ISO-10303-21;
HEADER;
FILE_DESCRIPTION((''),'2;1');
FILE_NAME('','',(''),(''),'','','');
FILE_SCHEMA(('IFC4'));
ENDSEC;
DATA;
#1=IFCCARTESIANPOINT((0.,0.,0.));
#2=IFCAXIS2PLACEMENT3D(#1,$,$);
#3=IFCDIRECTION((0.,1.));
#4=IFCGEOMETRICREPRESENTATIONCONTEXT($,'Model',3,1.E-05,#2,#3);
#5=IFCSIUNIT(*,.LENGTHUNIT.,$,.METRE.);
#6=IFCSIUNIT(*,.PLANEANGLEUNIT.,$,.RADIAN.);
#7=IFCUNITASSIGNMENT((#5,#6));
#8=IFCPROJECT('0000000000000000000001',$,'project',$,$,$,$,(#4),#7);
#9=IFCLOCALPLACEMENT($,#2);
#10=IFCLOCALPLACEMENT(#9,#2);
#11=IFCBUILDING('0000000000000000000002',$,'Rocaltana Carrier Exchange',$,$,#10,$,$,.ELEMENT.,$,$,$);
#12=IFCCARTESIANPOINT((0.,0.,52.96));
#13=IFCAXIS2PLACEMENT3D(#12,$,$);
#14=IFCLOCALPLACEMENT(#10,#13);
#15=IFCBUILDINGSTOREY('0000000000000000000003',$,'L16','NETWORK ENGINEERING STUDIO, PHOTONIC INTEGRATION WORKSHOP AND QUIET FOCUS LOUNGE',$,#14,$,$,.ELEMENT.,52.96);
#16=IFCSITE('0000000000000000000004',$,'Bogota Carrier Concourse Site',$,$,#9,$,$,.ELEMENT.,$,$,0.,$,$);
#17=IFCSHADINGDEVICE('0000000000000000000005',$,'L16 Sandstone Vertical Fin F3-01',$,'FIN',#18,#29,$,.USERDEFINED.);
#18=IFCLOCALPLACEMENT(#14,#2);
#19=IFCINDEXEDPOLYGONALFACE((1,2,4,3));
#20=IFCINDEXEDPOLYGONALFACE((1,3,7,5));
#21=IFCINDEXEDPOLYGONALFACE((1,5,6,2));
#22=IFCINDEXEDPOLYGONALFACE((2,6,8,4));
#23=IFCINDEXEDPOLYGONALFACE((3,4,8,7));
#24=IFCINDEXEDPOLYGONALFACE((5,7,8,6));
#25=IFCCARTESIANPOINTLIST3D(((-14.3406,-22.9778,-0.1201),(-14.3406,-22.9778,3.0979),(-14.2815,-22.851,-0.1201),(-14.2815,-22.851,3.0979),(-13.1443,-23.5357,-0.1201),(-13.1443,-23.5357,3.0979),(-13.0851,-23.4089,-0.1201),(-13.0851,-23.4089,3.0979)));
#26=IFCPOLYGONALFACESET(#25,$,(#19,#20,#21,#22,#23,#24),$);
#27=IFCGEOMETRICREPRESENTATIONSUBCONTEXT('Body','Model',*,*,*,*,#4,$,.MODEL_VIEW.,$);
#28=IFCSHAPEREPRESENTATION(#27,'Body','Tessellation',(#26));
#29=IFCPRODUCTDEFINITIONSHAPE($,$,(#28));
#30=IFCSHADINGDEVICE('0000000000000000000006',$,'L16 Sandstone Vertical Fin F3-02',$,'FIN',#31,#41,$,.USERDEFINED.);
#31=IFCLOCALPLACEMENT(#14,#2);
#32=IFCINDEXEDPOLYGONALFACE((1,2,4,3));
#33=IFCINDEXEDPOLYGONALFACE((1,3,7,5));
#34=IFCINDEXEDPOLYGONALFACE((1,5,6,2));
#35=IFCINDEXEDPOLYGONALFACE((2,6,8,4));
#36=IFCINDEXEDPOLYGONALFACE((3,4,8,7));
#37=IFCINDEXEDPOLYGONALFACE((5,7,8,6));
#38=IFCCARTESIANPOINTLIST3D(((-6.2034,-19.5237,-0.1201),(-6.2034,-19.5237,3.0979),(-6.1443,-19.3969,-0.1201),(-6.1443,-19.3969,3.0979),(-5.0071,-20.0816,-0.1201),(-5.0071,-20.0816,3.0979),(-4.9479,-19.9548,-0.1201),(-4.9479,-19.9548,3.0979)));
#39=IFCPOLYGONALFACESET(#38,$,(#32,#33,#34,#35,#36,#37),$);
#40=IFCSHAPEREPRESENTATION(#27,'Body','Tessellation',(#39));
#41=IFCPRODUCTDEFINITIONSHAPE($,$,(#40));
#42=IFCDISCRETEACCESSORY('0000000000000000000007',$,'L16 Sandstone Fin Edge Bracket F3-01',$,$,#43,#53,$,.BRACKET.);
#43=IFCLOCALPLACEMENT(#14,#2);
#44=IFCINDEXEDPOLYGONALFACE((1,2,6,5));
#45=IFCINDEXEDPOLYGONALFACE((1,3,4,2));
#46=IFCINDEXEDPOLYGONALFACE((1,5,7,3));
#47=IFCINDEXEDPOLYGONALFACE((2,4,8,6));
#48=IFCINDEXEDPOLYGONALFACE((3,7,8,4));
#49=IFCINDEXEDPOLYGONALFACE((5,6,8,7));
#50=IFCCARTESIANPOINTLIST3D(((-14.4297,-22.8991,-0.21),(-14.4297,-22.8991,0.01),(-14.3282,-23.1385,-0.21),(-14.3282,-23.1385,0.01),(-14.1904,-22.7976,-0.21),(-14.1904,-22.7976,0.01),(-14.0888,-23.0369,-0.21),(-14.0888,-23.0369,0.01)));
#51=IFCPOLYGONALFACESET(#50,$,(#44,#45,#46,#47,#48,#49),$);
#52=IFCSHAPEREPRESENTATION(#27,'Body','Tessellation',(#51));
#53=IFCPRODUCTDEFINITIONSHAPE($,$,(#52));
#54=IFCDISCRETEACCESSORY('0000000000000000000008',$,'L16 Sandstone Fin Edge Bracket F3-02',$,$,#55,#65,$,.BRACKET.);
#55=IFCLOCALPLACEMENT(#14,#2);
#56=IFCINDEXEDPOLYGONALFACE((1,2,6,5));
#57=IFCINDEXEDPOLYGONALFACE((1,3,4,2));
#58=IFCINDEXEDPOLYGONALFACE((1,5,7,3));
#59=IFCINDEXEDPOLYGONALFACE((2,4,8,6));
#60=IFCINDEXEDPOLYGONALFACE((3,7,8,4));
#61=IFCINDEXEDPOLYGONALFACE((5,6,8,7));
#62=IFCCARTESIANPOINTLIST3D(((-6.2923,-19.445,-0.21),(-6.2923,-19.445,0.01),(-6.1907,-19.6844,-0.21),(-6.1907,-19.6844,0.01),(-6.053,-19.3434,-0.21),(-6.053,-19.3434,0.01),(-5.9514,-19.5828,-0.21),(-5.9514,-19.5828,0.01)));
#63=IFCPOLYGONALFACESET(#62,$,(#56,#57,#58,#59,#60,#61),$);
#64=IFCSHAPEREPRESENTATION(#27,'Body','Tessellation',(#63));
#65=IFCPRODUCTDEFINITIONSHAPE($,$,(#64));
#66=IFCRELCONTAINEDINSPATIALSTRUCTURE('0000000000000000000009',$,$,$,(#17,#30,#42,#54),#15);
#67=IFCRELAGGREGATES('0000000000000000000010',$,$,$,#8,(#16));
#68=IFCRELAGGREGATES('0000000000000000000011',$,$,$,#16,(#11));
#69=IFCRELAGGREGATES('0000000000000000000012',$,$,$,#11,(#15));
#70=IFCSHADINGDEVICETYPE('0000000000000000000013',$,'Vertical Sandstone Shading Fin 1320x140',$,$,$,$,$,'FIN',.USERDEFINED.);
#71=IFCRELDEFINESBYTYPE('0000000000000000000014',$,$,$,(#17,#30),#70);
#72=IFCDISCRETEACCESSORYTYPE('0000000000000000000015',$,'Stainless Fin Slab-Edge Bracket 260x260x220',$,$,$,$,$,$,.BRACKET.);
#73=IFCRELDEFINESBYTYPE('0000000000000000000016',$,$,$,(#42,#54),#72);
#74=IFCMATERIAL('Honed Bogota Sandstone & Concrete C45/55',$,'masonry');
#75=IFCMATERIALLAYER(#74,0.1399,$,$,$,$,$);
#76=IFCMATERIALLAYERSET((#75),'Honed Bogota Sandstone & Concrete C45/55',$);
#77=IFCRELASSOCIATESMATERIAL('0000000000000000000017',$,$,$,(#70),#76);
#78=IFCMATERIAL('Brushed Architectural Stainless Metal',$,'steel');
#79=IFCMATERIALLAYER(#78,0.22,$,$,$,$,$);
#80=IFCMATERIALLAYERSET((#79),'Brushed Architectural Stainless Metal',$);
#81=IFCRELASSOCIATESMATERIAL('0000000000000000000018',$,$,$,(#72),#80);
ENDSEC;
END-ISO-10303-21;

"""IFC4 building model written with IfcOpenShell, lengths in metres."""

from ifc_helpers import new_model, si_unit, direction, frame, origin, origin_2d, place, context, subcontext, project, spatial, rectangle, extrude, material, layer, layer_set, type_object, element, save


model = new_model("IFC4")

# Units and contexts
model_context = context("Model", 3, precision=1e-05, world=origin(), true_north=direction((0.0, 1.0)))
body_context = subcontext(model_context, "Body", "Model", "MODEL_VIEW")
ifc_project = project(units=[si_unit("LENGTHUNIT", "METRE"), si_unit("PLANEANGLEUNIT", "RADIAN")], contexts=[model_context])

# Site, building, storey
site_placement = place(None, origin())
site = spatial("IfcSite", under=ifc_project, at=site_placement, Name="Bogota Carrier Concourse Site", CompositionType="ELEMENT", RefElevation=0.0)
building_placement = place(site_placement, origin())
building = spatial("IfcBuilding", under=site, at=building_placement, Name="Rocaltana Carrier Exchange", CompositionType="ELEMENT")
storey_placement = place(building_placement, frame((0.0, 0.0, 52.96)))
storey = spatial("IfcBuildingStorey", under=building, at=storey_placement, Name="L16", Description="NETWORK ENGINEERING STUDIO, PHOTONIC INTEGRATION WORKSHOP AND QUIET FOCUS LOUNGE", CompositionType="ELEMENT", Elevation=52.96)

# Shading devices
ifc_material_1 = material(Name="Honed Bogota Sandstone & Concrete C45/55", Category="masonry")
ifc_layer_1 = layer(ifc_material_1, 0.1399)
ifc_layer_set_1 = layer_set([ifc_layer_1], Name="Honed Bogota Sandstone & Concrete C45/55")
shading_device_type = type_object("IfcShadingDeviceType", Name="Vertical Sandstone Shading Fin 1320x140", ElementType="FIN", PredefinedType="USERDEFINED", material=ifc_layer_set_1)
for number, where, z_axis, x_axis, name in (
    (1, (-13.7129, -23.1934, -0.1201), (0.0, 0.0, 1.0), (0.906308, -0.422618, 0.0), "L16 Sandstone Vertical Fin F3-01"),
    (2, (-5.5757, -19.7393, -0.1201), (0.0, 0.0, 1.0), (0.906308, -0.422618, 0.0), "L16 Sandstone Vertical Fin F3-02"),
):
    element("IfcShadingDevice", number, at=place(storey_placement, frame(where, z_axis=z_axis, x_axis=x_axis)), inside=storey, type_object=shading_device_type, Name=name, ObjectType="FIN", PredefinedType="USERDEFINED", context=body_context, shape_type="SweptSolid", body=[
        extrude(rectangle(XDim=1.3201, YDim=0.1399, at=origin_2d()), origin(), (0.0, 0.0, 1.0), 3.218),
    ])

# Discrete accessories
ifc_material_2 = material(Name="Brushed Architectural Stainless Metal", Category="steel")
ifc_layer_2 = layer(ifc_material_2, 0.22)
ifc_layer_set_2 = layer_set([ifc_layer_2], Name="Brushed Architectural Stainless Metal")
discrete_accessory_type = type_object("IfcDiscreteAccessoryType", Name="Stainless Fin Slab-Edge Bracket 260x260x220", PredefinedType="BRACKET", material=ifc_layer_set_2)
for number, where, z_axis, x_axis, name in (
    (3, (-14.2593, -22.968, -0.21), (0.0, 0.0, 1.0), (0.920505, 0.390731, 0.0), "L16 Sandstone Fin Edge Bracket F3-01"),
    (4, (-6.1218, -19.5139, -0.21), (0.0, 0.0, 1.0), (0.920505, 0.390731, 0.0), "L16 Sandstone Fin Edge Bracket F3-02"),
):
    element("IfcDiscreteAccessory", number, at=place(storey_placement, frame(where, z_axis=z_axis, x_axis=x_axis)), inside=storey, type_object=discrete_accessory_type, Name=name, PredefinedType="BRACKET", context=body_context, shape_type="SweptSolid", body=[
        extrude(rectangle(XDim=0.26, YDim=0.26, at=origin_2d()), origin(), (0.0, 0.0, 1.0), 0.22),
    ])

save(model, "model.ifc")
